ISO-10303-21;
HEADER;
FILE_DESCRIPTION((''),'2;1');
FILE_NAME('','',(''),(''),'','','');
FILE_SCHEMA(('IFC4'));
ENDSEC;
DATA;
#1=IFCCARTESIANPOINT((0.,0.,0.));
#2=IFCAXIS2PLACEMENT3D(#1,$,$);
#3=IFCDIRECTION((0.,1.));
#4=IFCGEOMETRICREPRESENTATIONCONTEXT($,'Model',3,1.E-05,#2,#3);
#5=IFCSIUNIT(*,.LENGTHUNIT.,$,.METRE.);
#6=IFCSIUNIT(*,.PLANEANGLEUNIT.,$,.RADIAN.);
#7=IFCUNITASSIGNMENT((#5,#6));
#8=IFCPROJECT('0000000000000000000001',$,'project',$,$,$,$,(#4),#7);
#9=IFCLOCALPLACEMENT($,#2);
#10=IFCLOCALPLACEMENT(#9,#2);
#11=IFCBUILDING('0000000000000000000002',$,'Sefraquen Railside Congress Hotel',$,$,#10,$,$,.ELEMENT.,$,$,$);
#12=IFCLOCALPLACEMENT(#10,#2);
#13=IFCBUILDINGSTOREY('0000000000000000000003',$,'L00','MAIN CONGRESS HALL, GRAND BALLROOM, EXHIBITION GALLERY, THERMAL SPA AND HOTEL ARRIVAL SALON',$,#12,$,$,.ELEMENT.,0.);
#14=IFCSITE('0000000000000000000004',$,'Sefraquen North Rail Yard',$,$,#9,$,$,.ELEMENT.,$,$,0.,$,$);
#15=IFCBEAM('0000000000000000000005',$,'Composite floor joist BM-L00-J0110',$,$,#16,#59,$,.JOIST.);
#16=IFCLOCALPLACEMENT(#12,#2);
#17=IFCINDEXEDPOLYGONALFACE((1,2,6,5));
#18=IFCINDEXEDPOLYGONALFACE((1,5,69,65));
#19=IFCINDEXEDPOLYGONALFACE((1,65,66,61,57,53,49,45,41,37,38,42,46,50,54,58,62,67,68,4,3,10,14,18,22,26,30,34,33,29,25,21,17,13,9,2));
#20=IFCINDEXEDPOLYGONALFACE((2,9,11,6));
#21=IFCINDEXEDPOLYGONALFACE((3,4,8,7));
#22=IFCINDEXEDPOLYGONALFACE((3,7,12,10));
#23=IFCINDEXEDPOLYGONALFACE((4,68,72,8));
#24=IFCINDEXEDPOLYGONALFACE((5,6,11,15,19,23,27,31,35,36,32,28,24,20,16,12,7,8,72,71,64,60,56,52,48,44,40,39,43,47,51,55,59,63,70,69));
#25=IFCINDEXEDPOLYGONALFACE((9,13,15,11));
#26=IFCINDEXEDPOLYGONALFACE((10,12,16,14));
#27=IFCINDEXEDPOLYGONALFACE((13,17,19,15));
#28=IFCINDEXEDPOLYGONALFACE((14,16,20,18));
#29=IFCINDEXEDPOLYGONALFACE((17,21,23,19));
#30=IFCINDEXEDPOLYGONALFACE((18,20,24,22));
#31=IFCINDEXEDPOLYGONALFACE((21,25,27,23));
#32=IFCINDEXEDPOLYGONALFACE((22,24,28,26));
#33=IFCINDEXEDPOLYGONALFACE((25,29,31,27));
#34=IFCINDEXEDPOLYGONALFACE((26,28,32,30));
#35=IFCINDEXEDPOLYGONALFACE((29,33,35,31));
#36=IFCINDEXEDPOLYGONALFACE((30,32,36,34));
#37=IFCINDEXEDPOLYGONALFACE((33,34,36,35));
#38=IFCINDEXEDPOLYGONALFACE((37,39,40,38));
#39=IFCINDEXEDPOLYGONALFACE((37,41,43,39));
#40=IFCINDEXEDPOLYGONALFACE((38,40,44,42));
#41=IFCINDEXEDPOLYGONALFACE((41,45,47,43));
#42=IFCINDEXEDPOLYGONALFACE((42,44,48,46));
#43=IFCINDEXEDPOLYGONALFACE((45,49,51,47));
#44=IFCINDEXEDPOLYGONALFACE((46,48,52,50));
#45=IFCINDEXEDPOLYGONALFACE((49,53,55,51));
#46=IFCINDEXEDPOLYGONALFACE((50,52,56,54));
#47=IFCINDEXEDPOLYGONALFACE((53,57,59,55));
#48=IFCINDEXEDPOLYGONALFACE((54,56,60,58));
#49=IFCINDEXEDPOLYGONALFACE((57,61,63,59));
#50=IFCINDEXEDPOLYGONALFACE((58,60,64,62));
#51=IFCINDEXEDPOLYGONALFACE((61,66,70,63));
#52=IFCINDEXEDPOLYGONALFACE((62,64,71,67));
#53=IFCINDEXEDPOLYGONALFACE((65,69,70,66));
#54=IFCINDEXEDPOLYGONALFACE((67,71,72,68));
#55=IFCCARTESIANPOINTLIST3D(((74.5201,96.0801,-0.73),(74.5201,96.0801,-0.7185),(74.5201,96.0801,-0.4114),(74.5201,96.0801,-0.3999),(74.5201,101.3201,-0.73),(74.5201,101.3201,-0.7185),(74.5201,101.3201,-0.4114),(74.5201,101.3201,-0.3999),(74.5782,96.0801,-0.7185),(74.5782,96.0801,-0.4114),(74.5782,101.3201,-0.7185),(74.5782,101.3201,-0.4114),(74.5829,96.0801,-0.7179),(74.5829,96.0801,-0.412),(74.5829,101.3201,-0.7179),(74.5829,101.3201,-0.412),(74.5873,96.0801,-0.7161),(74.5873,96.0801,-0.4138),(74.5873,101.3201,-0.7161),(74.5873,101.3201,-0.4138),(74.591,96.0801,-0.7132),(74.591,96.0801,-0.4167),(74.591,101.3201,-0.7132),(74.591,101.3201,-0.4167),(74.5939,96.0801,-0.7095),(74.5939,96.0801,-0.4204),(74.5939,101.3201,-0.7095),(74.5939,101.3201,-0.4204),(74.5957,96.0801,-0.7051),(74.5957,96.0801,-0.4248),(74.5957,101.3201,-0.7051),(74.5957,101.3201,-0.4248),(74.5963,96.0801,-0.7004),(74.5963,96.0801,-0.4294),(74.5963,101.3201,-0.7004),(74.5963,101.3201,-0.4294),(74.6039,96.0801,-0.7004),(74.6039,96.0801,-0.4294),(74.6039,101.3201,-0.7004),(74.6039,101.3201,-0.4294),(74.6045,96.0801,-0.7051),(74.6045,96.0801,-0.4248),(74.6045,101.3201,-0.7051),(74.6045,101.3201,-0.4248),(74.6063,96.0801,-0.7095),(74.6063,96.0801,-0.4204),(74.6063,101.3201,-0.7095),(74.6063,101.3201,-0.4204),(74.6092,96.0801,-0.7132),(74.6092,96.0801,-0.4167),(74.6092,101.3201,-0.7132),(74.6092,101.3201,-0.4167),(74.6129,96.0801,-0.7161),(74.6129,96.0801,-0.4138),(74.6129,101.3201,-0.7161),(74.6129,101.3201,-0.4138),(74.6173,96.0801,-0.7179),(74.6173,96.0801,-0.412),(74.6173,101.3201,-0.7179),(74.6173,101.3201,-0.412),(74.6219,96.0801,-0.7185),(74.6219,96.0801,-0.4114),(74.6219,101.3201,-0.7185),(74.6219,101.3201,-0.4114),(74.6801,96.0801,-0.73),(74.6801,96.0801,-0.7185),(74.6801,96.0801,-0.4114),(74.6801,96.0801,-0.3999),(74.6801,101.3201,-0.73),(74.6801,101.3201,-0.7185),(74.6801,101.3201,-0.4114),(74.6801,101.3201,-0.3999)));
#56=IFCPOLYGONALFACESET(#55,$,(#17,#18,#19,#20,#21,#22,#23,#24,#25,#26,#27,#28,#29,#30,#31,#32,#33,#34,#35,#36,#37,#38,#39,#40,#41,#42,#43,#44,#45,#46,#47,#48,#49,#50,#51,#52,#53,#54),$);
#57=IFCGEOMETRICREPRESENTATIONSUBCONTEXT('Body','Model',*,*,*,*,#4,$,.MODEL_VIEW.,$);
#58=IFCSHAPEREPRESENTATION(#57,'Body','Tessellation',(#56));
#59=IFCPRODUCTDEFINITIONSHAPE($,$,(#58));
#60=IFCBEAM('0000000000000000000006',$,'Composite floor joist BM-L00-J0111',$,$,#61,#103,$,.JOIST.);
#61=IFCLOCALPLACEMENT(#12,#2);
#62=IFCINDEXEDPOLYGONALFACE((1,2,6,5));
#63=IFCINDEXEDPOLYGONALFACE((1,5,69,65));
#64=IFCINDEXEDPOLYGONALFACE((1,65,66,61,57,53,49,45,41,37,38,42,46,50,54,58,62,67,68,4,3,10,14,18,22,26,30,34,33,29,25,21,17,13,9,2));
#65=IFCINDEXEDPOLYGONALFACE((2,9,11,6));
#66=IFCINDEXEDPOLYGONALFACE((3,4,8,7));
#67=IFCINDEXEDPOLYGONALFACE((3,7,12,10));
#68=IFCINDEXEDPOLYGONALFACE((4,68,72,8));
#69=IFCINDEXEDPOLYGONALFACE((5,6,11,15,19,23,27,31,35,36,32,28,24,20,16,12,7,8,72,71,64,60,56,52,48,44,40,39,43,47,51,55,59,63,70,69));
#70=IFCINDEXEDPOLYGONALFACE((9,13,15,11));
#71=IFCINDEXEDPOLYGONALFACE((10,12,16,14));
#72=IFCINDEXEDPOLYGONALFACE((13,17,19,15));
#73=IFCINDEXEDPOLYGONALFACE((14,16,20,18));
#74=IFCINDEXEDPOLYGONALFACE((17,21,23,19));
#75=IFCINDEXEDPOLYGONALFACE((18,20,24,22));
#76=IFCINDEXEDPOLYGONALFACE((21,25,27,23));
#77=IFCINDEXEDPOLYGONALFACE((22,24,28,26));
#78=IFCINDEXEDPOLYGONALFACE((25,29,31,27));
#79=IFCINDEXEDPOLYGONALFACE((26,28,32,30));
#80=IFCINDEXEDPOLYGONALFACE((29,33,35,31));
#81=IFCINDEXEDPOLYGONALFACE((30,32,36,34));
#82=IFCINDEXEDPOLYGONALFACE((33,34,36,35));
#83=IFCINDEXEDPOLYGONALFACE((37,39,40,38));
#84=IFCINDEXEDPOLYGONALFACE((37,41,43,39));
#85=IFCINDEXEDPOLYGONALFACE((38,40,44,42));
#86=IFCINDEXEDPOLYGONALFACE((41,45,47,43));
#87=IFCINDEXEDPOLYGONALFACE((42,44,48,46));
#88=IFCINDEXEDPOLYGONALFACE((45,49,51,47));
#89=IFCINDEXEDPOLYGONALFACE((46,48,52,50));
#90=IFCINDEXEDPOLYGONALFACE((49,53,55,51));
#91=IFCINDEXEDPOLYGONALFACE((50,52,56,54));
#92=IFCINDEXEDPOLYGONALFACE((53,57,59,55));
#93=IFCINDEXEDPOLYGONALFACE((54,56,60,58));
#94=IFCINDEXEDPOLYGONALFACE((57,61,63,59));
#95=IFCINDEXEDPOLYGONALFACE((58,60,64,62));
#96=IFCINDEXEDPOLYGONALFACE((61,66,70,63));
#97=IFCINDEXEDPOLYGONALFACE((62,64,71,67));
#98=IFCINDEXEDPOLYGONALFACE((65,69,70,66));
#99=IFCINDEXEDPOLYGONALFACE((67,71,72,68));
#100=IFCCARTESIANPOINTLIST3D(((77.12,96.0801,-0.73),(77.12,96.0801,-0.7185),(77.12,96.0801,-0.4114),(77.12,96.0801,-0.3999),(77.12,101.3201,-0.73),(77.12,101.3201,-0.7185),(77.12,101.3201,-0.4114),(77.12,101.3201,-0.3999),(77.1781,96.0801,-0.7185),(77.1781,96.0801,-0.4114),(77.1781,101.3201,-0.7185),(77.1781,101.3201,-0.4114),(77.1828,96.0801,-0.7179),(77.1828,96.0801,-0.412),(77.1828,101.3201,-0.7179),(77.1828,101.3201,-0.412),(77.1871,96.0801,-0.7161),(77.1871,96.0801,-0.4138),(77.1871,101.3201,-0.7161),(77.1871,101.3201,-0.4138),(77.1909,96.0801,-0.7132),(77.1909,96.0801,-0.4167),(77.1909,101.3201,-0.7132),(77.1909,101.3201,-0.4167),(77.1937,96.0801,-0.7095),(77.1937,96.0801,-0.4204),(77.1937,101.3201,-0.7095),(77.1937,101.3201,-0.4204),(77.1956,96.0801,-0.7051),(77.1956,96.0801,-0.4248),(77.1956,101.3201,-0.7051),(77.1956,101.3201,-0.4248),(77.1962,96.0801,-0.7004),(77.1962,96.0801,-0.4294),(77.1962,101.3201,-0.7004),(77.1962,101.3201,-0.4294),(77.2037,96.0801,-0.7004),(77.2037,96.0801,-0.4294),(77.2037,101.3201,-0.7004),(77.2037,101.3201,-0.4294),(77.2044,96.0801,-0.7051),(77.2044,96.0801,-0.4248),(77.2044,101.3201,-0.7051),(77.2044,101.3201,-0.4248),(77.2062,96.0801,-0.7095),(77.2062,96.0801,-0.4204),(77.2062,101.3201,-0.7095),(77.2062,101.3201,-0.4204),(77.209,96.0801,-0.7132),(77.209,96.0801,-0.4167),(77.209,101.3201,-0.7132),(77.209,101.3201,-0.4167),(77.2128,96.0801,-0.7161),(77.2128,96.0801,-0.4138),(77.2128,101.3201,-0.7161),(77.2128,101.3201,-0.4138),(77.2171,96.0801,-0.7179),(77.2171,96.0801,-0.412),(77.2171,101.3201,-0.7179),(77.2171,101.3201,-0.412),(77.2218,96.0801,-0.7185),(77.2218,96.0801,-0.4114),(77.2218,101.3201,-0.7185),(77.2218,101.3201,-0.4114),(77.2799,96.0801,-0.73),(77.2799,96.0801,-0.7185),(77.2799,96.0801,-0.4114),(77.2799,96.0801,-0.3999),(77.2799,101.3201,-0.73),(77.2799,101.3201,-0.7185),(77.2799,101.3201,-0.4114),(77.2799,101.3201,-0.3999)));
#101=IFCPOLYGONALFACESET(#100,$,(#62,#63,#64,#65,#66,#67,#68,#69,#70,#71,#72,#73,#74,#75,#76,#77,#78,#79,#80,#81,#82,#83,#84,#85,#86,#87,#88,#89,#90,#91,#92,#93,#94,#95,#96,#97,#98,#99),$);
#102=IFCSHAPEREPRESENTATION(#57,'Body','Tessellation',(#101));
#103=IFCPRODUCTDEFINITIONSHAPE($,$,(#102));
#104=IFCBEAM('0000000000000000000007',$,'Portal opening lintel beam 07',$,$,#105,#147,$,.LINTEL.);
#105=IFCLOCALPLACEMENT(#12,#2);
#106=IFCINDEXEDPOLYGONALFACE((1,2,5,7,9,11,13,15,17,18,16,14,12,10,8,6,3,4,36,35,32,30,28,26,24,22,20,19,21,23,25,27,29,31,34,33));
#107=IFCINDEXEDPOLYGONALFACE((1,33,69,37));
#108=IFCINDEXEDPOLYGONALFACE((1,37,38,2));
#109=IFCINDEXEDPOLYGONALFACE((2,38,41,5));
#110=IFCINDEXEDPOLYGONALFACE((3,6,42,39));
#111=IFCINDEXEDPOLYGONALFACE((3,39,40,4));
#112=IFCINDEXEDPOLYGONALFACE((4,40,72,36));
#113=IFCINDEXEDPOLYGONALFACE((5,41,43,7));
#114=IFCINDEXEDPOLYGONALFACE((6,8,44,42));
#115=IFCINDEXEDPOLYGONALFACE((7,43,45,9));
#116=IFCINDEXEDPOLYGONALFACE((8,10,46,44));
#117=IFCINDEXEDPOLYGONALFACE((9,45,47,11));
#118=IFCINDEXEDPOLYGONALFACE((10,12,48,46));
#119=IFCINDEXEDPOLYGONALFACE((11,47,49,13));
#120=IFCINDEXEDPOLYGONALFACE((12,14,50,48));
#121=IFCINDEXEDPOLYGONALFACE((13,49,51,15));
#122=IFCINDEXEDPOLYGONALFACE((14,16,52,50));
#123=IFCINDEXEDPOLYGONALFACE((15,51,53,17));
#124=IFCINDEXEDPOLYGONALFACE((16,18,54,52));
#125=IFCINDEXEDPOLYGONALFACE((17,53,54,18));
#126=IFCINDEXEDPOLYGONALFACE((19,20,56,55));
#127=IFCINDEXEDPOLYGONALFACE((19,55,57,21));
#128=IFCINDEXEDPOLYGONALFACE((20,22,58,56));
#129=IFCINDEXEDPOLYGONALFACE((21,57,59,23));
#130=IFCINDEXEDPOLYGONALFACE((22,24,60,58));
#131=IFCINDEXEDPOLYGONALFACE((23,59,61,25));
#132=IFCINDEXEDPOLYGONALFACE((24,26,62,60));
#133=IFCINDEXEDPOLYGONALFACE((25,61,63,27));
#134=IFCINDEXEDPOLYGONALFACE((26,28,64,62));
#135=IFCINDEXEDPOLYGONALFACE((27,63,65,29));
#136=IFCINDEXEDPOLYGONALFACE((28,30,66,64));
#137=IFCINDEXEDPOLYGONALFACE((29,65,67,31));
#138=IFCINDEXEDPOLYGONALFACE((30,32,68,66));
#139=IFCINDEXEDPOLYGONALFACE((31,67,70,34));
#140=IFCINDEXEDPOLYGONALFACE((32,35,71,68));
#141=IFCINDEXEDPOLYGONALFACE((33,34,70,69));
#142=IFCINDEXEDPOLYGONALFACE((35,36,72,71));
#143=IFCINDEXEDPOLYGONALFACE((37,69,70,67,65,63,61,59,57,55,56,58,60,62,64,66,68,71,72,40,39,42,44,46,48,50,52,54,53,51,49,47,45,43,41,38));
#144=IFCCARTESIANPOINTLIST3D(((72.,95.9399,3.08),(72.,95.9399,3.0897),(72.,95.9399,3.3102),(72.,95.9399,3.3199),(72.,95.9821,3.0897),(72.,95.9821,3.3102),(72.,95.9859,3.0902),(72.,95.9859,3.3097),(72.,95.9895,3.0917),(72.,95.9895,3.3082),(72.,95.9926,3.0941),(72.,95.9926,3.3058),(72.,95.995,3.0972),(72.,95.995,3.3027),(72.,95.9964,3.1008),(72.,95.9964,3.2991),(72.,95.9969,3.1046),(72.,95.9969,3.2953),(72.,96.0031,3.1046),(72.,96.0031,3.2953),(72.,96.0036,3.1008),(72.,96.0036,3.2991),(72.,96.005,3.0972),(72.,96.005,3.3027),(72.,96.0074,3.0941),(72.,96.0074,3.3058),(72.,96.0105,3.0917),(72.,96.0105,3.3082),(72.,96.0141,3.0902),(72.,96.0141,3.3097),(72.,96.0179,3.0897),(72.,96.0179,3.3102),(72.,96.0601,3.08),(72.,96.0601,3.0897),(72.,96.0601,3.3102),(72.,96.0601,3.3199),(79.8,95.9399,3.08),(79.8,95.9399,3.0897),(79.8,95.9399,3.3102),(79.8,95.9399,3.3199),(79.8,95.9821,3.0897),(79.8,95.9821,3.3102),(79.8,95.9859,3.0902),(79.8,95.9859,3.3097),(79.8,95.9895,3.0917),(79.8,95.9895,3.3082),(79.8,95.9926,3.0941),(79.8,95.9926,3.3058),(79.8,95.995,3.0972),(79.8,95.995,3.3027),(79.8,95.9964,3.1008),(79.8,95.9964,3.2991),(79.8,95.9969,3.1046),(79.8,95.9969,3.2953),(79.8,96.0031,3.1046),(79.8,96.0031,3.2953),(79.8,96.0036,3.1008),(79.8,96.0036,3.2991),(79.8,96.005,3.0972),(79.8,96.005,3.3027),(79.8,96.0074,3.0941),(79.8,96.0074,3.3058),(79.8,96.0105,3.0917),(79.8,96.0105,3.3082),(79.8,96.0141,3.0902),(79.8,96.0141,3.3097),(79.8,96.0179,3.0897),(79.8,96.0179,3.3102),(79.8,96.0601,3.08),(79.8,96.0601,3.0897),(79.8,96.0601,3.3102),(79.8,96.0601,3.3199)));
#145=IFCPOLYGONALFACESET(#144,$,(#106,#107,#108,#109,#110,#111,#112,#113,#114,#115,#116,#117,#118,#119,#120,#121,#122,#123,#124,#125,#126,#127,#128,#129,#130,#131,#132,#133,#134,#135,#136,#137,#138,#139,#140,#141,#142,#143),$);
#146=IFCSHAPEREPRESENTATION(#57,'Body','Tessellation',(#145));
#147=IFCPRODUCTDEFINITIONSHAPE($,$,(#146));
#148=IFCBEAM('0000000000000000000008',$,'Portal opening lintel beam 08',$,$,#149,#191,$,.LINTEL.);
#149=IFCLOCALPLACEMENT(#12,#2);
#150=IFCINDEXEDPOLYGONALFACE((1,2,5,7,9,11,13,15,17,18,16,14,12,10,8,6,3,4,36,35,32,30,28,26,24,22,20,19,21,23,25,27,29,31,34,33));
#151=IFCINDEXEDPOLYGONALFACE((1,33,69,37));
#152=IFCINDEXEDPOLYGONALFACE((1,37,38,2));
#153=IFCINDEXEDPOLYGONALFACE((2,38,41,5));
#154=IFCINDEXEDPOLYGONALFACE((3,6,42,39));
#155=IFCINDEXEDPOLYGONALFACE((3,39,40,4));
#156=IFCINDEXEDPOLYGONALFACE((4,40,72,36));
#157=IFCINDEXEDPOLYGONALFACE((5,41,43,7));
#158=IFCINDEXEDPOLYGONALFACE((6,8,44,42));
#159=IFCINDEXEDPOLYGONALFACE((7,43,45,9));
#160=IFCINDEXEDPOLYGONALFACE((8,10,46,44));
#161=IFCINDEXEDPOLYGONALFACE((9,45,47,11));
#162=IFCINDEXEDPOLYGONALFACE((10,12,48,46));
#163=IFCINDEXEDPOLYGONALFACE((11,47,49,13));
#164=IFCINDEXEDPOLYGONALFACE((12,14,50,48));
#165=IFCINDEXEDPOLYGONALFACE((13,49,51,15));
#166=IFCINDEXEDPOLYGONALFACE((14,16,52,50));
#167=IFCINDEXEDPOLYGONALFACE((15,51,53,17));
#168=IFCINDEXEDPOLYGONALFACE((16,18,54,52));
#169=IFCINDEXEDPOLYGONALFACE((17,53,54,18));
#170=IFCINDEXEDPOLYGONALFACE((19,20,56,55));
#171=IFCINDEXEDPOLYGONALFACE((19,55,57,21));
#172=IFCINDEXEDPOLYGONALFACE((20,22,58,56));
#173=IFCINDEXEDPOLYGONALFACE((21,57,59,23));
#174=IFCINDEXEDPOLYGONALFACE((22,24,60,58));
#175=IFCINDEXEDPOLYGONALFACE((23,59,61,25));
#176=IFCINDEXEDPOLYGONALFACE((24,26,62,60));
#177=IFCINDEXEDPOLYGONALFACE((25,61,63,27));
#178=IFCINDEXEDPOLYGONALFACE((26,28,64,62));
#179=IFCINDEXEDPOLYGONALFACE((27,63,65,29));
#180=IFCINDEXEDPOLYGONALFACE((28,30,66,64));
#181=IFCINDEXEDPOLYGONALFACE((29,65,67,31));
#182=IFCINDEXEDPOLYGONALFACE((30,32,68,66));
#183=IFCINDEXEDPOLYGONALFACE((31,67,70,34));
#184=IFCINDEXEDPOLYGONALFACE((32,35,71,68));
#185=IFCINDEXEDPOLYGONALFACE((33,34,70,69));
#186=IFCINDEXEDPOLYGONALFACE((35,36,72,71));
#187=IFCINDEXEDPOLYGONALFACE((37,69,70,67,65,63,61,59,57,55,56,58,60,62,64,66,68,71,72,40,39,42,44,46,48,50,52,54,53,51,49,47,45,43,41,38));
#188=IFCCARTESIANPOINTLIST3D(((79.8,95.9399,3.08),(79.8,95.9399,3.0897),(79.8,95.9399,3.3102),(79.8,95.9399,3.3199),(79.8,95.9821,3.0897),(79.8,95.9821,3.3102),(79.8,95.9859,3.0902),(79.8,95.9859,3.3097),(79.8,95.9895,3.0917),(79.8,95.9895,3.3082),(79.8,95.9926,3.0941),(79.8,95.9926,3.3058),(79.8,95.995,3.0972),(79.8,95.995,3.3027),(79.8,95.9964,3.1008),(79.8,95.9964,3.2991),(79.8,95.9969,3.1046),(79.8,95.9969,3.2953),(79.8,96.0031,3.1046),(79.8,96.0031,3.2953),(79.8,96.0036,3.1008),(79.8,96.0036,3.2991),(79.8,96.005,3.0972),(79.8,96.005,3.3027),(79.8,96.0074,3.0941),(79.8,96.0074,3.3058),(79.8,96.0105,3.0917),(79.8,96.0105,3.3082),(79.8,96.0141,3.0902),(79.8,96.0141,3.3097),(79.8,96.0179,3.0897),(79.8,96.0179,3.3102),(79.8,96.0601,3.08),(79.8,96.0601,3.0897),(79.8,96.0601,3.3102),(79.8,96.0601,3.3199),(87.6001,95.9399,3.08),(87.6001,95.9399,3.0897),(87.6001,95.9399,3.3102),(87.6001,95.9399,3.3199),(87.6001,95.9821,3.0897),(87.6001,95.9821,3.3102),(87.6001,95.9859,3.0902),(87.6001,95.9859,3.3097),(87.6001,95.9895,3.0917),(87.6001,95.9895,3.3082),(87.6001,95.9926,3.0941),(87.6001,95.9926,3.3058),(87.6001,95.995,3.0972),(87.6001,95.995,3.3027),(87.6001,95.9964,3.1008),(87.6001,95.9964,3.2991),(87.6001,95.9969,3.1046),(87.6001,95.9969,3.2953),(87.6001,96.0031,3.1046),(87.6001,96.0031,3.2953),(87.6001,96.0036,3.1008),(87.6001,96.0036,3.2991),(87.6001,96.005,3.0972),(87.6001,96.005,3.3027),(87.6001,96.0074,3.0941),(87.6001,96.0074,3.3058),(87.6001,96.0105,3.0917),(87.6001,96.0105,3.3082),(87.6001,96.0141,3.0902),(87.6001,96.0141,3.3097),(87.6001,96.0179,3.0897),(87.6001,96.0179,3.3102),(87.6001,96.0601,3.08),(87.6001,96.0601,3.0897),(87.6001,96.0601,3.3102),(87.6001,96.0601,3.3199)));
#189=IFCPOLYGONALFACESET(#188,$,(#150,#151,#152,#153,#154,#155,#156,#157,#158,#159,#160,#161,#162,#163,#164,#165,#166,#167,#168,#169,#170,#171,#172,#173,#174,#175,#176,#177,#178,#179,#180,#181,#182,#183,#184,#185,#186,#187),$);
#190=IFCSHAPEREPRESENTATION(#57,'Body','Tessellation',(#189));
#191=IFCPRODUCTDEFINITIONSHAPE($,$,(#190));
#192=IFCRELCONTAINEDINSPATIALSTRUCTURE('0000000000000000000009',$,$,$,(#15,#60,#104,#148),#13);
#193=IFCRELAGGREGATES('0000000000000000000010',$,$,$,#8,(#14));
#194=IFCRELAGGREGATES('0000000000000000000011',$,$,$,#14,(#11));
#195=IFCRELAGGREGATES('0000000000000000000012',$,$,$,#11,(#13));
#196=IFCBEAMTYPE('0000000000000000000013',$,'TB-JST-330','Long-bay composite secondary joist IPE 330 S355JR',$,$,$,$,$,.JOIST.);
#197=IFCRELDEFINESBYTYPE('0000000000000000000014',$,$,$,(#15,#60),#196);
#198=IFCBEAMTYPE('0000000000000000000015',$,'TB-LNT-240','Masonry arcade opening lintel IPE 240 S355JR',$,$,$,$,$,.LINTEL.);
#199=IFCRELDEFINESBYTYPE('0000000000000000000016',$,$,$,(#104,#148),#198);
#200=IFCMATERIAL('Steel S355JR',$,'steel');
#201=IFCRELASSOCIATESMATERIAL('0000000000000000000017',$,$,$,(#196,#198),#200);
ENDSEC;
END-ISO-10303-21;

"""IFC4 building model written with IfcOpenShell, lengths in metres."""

from ifc_helpers import new_model, si_unit, direction, frame, origin, origin_2d, place, context, subcontext, project, spatial, i_section, extrude, material, material_profile, profile_set, type_object, element, save


model = new_model("IFC4")

# Units and contexts
model_context = context("Model", 3, precision=1e-05, world=origin(), true_north=direction((0.0, 1.0)))
body_context = subcontext(model_context, "Body", "Model", "MODEL_VIEW")
ifc_project = project(units=[si_unit("LENGTHUNIT", "METRE"), si_unit("PLANEANGLEUNIT", "RADIAN")], contexts=[model_context])

# Site, building, storey
site_placement = place(None, origin())
site = spatial("IfcSite", under=ifc_project, at=site_placement, Name="Sefraquen North Rail Yard", CompositionType="ELEMENT", RefElevation=0.0)
building_placement = place(site_placement, origin())
building = spatial("IfcBuilding", under=site, at=building_placement, Name="Sefraquen Railside Congress Hotel", CompositionType="ELEMENT")
storey_placement = place(building_placement, origin())
storey = spatial("IfcBuildingStorey", under=building, at=storey_placement, Name="L00", Description="MAIN CONGRESS HALL, GRAND BALLROOM, EXHIBITION GALLERY, THERMAL SPA AND HOTEL ARRIVAL SALON", CompositionType="ELEMENT", Elevation=0.0)

# Shared definitions
ifc_material_1 = material(Name="Steel S355JR", Category="steel")

# Beams
ifc_material_profile_1 = material_profile(ifc_material_1, i_section(OverallWidth=0.1599, OverallDepth=0.3301, WebThickness=0.0076, FlangeThickness=0.0115, FilletRadius=0.0181, at=origin_2d()), Name="IPE 330")
ifc_profile_set_1 = profile_set([ifc_material_profile_1], Name="Steel S355JR")
beam_type_1 = type_object("IfcBeamType", Name="TB-JST-330", Description="Long-bay composite secondary joist IPE 330 S355JR", PredefinedType="JOIST", material=ifc_profile_set_1)
for number, where, z_axis, x_axis, name in (
    (1, (74.6001, 96.0801, -0.5649), (0.0, 1.0, 0.0), (-1.0, 0.0, 0.0), "Composite floor joist BM-L00-J0110"),
    (2, (77.2, 96.0801, -0.5649), (0.0, 1.0, 0.0), (-1.0, 0.0, 0.0), "Composite floor joist BM-L00-J0111"),
):
    element("IfcBeam", number, at=place(storey_placement, frame(where, z_axis=z_axis, x_axis=x_axis)), inside=storey, type_object=beam_type_1, Name=name, PredefinedType="JOIST", context=body_context, shape_type="SweptSolid", body=[
        extrude(i_section(OverallWidth=0.1599, OverallDepth=0.3301, WebThickness=0.0076, FlangeThickness=0.0115, FilletRadius=0.0181, at=origin_2d()), origin(), (0.0, 0.0, 1.0), 5.24),
    ])
ifc_material_profile_2 = material_profile(ifc_material_1, i_section(OverallWidth=0.1201, OverallDepth=0.24, WebThickness=0.0061, FlangeThickness=0.0098, FilletRadius=0.0149, at=origin_2d()), Name="IPE 240")
ifc_profile_set_2 = profile_set([ifc_material_profile_2], Name="Steel S355JR")
beam_type_2 = type_object("IfcBeamType", Name="TB-LNT-240", Description="Masonry arcade opening lintel IPE 240 S355JR", PredefinedType="LINTEL", material=ifc_profile_set_2)
for number, where, z_axis, x_axis, name in (
    (3, (72.0, 96.0, 3.2), (1.0, 0.0, 0.0), (0.0, 1.0, 0.0), "Portal opening lintel beam 07"),
    (4, (79.8, 96.0, 3.2), (1.0, 0.0, 0.0), (0.0, 1.0, 0.0), "Portal opening lintel beam 08"),
):
    element("IfcBeam", number, at=place(storey_placement, frame(where, z_axis=z_axis, x_axis=x_axis)), inside=storey, type_object=beam_type_2, Name=name, PredefinedType="LINTEL", context=body_context, shape_type="SweptSolid", body=[
        extrude(i_section(OverallWidth=0.1201, OverallDepth=0.24, WebThickness=0.0061, FlangeThickness=0.0098, FilletRadius=0.0149, at=origin_2d()), origin(), (0.0, 0.0, 1.0), 7.8),
    ])

save(model, "model.ifc")
